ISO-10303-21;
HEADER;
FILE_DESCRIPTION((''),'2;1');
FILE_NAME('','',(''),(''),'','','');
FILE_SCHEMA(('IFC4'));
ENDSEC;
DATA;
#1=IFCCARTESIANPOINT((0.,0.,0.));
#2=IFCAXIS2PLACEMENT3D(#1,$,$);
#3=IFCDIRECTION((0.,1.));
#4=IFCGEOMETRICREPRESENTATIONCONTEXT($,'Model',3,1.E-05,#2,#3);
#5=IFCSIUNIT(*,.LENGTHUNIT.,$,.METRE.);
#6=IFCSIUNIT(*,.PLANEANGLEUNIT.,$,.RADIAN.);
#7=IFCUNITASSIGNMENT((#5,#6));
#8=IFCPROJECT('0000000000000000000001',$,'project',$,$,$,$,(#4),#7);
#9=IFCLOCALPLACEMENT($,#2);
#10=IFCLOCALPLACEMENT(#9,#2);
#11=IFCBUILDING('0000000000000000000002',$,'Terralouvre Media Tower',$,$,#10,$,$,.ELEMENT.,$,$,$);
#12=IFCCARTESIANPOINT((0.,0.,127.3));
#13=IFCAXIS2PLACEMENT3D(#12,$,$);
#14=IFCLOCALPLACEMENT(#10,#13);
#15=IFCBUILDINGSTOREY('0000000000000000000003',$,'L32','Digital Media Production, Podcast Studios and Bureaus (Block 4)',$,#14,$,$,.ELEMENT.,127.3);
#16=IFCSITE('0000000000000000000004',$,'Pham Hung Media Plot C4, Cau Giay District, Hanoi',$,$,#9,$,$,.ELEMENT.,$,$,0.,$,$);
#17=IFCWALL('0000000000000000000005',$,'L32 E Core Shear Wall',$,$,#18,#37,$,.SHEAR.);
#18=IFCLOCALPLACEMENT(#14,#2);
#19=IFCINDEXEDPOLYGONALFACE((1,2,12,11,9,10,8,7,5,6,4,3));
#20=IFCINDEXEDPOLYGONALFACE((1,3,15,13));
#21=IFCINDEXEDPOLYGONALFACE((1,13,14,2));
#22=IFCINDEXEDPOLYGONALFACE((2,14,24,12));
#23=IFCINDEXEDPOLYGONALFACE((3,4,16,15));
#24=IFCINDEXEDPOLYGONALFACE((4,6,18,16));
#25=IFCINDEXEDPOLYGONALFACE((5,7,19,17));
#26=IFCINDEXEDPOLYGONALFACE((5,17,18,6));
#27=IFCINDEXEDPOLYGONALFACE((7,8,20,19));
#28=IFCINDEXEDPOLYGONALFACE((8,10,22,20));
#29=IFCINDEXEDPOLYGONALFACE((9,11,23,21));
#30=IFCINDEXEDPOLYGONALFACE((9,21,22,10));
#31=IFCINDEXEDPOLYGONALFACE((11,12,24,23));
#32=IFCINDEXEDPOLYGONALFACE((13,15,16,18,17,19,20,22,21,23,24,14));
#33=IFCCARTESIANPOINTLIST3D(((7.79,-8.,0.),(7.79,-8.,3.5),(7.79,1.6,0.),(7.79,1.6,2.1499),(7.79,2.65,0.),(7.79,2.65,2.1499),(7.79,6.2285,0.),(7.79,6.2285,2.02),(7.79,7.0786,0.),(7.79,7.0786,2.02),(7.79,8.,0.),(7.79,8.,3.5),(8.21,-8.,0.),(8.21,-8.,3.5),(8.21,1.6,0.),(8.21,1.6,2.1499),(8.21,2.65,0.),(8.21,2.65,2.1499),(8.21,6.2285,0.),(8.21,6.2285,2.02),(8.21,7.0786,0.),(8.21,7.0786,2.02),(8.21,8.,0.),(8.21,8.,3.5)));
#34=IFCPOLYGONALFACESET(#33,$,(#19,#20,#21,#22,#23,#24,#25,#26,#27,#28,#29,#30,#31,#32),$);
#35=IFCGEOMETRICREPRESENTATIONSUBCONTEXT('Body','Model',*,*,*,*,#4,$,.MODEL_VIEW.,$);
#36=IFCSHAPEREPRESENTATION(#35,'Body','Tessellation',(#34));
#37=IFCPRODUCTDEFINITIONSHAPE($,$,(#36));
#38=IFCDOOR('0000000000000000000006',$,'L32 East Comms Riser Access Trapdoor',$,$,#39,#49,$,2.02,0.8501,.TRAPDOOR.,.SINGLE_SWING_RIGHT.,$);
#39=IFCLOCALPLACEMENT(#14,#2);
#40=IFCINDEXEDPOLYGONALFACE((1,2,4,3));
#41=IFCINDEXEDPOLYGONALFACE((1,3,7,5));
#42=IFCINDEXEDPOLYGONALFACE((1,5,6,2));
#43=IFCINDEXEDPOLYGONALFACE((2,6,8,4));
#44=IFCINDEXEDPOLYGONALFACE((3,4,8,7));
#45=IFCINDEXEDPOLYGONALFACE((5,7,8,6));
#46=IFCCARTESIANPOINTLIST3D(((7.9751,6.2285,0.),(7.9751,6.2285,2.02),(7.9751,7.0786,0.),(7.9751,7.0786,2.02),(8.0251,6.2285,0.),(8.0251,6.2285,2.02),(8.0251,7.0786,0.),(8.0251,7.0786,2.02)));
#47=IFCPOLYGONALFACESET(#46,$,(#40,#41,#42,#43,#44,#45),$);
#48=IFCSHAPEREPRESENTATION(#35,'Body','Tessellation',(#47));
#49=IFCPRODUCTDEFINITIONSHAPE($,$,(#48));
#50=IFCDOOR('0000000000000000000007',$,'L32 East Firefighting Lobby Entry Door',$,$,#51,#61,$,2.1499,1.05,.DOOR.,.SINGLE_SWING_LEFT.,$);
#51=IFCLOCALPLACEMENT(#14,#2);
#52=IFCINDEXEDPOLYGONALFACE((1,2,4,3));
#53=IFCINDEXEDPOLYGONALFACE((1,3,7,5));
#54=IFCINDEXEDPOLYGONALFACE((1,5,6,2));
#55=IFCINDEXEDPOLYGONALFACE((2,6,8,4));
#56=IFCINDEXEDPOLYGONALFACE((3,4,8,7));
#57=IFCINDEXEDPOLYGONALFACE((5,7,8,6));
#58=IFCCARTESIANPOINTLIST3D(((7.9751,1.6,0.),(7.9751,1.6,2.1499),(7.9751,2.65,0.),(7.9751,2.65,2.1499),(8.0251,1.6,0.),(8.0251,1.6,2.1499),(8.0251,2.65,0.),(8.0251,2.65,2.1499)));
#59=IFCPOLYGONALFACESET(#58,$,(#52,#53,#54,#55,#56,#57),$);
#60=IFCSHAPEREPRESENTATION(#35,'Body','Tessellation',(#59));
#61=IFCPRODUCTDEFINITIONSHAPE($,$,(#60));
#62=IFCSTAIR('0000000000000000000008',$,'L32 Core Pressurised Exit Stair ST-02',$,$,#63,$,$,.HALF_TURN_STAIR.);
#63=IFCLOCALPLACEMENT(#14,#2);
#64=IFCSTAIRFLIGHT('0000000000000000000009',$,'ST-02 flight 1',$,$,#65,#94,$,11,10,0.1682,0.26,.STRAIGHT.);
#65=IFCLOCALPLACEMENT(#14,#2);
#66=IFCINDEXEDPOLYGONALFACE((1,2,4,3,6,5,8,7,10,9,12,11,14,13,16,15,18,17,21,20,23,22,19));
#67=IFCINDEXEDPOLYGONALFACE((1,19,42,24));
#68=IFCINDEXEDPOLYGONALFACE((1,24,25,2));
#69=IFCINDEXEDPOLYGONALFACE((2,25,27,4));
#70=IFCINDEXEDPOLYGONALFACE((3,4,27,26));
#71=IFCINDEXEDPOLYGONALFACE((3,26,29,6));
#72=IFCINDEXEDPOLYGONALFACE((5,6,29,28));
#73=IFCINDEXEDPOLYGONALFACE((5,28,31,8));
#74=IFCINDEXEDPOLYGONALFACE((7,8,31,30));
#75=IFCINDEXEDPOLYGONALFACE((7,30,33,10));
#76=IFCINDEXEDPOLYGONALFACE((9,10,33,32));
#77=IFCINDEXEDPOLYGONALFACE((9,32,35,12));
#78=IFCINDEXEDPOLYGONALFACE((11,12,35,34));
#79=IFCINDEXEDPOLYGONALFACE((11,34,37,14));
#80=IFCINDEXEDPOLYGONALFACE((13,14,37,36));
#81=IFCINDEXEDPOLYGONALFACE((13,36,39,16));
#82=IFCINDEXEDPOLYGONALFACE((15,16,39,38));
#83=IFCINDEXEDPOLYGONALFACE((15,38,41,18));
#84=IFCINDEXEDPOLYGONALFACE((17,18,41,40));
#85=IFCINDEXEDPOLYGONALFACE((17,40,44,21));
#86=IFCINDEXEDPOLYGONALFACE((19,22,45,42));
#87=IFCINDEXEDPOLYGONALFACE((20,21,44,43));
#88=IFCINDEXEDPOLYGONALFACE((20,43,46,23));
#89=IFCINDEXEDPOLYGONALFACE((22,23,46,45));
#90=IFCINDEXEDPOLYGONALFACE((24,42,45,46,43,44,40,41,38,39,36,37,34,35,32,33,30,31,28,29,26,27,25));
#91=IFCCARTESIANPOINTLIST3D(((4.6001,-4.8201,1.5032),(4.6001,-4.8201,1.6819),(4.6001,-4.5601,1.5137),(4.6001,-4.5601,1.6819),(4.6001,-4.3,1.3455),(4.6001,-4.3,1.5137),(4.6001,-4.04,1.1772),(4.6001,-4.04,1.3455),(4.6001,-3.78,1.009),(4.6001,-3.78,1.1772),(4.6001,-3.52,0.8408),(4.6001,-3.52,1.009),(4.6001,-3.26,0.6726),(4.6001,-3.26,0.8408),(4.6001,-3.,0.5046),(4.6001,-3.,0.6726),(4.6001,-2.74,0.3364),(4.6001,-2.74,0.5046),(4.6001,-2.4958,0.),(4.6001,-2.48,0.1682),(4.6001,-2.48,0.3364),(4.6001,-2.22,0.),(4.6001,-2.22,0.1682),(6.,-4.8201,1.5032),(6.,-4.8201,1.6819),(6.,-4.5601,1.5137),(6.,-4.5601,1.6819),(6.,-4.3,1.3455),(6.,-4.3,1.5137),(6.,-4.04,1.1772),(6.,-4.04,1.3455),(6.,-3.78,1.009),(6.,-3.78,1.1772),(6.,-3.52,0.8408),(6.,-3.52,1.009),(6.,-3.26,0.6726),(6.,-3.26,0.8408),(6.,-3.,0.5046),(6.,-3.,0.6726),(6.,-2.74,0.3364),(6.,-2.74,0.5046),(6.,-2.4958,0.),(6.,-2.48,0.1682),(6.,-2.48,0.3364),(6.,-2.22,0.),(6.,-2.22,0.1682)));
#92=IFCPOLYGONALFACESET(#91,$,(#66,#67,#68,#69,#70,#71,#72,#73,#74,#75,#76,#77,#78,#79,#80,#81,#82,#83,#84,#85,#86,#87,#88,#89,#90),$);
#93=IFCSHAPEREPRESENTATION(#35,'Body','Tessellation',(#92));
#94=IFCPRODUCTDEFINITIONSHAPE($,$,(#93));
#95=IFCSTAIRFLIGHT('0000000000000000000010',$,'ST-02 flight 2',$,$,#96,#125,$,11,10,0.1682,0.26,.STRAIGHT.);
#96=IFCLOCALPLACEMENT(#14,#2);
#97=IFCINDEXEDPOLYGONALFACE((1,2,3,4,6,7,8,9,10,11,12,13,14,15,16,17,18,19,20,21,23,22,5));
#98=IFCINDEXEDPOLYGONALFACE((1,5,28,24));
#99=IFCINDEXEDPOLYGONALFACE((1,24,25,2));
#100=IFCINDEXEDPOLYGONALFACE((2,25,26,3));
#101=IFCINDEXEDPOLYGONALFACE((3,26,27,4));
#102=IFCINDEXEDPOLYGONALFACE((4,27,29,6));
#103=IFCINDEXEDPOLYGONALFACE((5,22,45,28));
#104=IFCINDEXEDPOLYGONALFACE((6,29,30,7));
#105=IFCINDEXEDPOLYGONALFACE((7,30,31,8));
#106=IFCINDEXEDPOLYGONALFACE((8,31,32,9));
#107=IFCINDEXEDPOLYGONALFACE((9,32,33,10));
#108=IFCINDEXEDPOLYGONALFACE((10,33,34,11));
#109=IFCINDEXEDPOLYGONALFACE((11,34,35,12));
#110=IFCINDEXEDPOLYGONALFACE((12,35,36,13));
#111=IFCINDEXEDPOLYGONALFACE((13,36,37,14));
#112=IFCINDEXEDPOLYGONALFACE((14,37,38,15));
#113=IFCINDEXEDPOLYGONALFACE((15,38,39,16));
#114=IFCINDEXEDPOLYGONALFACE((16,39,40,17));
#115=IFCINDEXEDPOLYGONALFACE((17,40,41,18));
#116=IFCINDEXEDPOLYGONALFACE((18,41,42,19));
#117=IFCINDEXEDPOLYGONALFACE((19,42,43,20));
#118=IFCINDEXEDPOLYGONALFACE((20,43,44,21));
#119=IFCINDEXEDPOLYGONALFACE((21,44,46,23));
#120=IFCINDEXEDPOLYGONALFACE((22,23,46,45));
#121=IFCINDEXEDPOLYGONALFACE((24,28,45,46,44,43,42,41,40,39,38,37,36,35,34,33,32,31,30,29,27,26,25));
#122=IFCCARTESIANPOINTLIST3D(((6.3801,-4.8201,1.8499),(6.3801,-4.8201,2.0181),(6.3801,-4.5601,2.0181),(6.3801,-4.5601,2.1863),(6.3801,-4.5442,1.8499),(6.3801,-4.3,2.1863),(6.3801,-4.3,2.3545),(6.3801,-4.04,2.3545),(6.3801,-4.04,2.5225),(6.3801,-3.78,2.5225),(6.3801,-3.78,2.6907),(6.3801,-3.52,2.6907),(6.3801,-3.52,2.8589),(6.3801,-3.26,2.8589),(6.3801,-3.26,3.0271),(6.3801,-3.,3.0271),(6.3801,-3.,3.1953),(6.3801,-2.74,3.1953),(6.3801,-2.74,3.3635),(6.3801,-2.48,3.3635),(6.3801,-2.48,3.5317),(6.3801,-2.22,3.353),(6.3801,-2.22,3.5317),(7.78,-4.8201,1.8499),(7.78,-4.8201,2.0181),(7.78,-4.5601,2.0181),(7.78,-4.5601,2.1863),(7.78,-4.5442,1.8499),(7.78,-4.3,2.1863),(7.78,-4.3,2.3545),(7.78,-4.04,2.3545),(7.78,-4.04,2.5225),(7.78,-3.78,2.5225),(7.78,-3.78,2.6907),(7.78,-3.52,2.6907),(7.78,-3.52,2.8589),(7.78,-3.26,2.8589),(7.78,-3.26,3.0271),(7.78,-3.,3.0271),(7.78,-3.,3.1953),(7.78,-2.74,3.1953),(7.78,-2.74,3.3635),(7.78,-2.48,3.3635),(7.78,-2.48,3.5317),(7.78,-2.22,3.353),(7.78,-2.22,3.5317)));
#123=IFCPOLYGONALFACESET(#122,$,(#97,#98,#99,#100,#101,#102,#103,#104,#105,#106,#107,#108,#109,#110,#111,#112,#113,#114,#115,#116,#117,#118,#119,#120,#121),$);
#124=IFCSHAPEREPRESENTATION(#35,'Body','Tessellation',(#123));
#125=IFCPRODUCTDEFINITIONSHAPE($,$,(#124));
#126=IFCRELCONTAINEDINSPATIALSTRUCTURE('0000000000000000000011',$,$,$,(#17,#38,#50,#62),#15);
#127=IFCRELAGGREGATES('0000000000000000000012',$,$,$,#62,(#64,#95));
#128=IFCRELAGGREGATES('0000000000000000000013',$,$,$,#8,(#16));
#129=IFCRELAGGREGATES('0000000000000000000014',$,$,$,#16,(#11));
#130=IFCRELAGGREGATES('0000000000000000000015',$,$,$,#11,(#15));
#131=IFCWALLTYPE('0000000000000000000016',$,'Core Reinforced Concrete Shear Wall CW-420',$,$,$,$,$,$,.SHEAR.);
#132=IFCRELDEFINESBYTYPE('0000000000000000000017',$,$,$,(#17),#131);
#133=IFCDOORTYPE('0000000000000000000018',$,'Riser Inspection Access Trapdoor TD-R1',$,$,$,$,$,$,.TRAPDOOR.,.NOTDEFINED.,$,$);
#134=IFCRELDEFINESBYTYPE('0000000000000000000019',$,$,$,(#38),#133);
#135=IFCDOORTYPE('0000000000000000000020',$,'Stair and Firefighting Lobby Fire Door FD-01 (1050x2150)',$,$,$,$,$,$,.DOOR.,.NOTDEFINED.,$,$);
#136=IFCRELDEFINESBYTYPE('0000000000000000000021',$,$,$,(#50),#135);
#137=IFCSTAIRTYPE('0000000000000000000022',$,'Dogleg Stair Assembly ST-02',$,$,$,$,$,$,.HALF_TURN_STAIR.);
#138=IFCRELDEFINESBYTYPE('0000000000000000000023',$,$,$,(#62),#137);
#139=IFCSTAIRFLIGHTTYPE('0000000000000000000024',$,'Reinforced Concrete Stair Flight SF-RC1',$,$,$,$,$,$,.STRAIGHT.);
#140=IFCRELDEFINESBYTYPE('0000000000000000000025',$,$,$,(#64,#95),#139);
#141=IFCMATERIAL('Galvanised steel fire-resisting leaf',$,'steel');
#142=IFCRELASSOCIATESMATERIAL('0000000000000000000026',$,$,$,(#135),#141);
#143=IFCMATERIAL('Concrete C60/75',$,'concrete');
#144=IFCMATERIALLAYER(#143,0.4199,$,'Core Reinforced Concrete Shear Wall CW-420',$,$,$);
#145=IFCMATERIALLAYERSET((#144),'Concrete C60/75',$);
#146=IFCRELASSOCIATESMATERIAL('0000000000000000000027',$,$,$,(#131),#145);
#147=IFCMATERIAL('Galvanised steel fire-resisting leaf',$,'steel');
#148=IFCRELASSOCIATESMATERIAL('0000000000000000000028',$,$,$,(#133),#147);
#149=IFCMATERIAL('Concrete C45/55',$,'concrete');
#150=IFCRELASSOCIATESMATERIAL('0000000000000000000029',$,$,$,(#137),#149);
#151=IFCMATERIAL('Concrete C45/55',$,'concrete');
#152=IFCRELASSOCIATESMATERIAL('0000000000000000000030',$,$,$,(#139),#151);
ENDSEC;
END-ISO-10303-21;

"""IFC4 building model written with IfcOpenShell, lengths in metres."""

from ifc_helpers import new_model, si_unit, direction, frame, frame_2d, origin, place, context, subcontext, project, spatial, polyline, rectangle, outline, extrude, material, layer, layer_set, type_object, element, fill, aggregate, save


model = new_model("IFC4")

# Units and contexts
model_context = context("Model", 3, precision=1e-05, world=origin(), true_north=direction((0.0, 1.0)))
body_context = subcontext(model_context, "Body", "Model", "MODEL_VIEW")
ifc_project = project(units=[si_unit("LENGTHUNIT", "METRE"), si_unit("PLANEANGLEUNIT", "RADIAN")], contexts=[model_context])

# Site, building, storey
site_placement = place(None, origin())
site = spatial("IfcSite", under=ifc_project, at=site_placement, Name="Pham Hung Media Plot C4, Cau Giay District, Hanoi", CompositionType="ELEMENT", RefElevation=0.0)
building_placement = place(site_placement, origin())
building = spatial("IfcBuilding", under=site, at=building_placement, Name="Terralouvre Media Tower", CompositionType="ELEMENT")
storey_placement = place(building_placement, frame((0.0, 0.0, 127.3)))
storey = spatial("IfcBuildingStorey", under=building, at=storey_placement, Name="L32", Description="Digital Media Production, Podcast Studios and Bureaus (Block 4)", CompositionType="ELEMENT", Elevation=127.3)

# Shared definitions
ifc_material_1 = material(Name="Galvanised steel fire-resisting leaf", Category="steel")
door_type_1 = type_object("IfcDoorType", Name="Stair and Firefighting Lobby Fire Door FD-01 (1050x2150)", OperationType="NOTDEFINED", PredefinedType="DOOR", material=ifc_material_1)

# Wall, openings, doors
ifc_material_2 = material(Name="Concrete C60/75", Category="concrete")
ifc_layer_1 = layer(ifc_material_2, 0.4199, Name="Core Reinforced Concrete Shear Wall CW-420")
ifc_layer_set_1 = layer_set([ifc_layer_1], Name="Concrete C60/75")
wall_type_1 = type_object("IfcWallType", Name="Core Reinforced Concrete Shear Wall CW-420", PredefinedType="SHEAR", material=ifc_layer_set_1)
wall_1_placement = place(storey_placement, frame((8.0, -8.0, 0.0), z_axis=(0.0, 0.0, 1.0), x_axis=(0.0, 1.0, 0.0)))
wall_1 = element("IfcWall", 1, at=wall_1_placement, inside=storey, type_object=wall_type_1, Name="L32 E Core Shear Wall", PredefinedType="SHEAR", context=body_context, shape_type="SweptSolid", body=[
    extrude(rectangle(XDim=16.0, YDim=0.4199, at=frame_2d((8.0, 0.0))), origin(), (0.0, 0.0, 1.0), 3.5),
])
opening_1_placement = place(wall_1_placement, frame((9.6001, 0.0, 0.0)))
opening_1 = element("IfcOpeningElement", 2, at=opening_1_placement, cuts=wall_1, PredefinedType="OPENING", context=body_context, shape_type="SweptSolid", body=[
    extrude(rectangle(XDim=1.05, YDim=2.1499, at=frame_2d((0.5249, 1.075))), frame((0.0, 0.22, 0.0), z_axis=(0.0, -1.0, 0.0), x_axis=(1.0, 0.0, 0.0)), (0.0, 0.0, 1.0), 0.4399),
])
opening_2_placement = place(wall_1_placement, frame((14.2285, 0.0, 0.0)))
opening_2 = element("IfcOpeningElement", 3, at=opening_2_placement, cuts=wall_1, PredefinedType="OPENING", context=body_context, shape_type="SweptSolid", body=[
    extrude(rectangle(XDim=0.8501, YDim=2.02, at=frame_2d((0.425, 1.01))), frame((0.0, 0.22, 0.0), z_axis=(0.0, -1.0, 0.0), x_axis=(1.0, 0.0, 0.0)), (0.0, 0.0, 1.0), 0.4399),
])
ifc_material_3 = material(Name="Galvanised steel fire-resisting leaf", Category="steel")
door_type_2 = type_object("IfcDoorType", Name="Riser Inspection Access Trapdoor TD-R1", OperationType="NOTDEFINED", PredefinedType="TRAPDOOR", material=ifc_material_3)
door_1_placement = place(opening_2_placement, origin())
door_1 = element("IfcDoor", 4, at=door_1_placement, inside=storey, type_object=door_type_2, Name="L32 East Comms Riser Access Trapdoor", OperationType="SINGLE_SWING_RIGHT", OverallHeight=2.02, OverallWidth=0.8501, PredefinedType="TRAPDOOR", context=body_context, shape_type="SweptSolid", body=[
    extrude(rectangle(XDim=0.8501, YDim=2.02, at=frame_2d((0.425, 1.01))), frame((0.0, 0.0249, 0.0), z_axis=(0.0, -1.0, 0.0), x_axis=(1.0, 0.0, 0.0)), (0.0, 0.0, 1.0), 0.05),
])
fill(opening_2, door_1)
door_2_placement = place(opening_1_placement, origin())
door_2 = element("IfcDoor", 5, at=door_2_placement, inside=storey, type_object=door_type_1, Name="L32 East Firefighting Lobby Entry Door", OperationType="SINGLE_SWING_LEFT", OverallHeight=2.1499, OverallWidth=1.05, PredefinedType="DOOR", context=body_context, shape_type="SweptSolid", body=[
    extrude(rectangle(XDim=1.05, YDim=2.1499, at=frame_2d((0.5249, 1.075))), frame((0.0, 0.0249, 0.0), z_axis=(0.0, -1.0, 0.0), x_axis=(1.0, 0.0, 0.0)), (0.0, 0.0, 1.0), 0.05),
])
fill(opening_1, door_2)

# Stair, stair flights
ifc_material_4 = material(Name="Concrete C45/55", Category="concrete")
stair_type = type_object("IfcStairType", Name="Dogleg Stair Assembly ST-02", PredefinedType="HALF_TURN_STAIR", material=ifc_material_4)
stair_placement = place(storey_placement, origin())
stair = element("IfcStair", 6, at=stair_placement, inside=storey, type_object=stair_type, Name="L32 Core Pressurised Exit Stair ST-02", PredefinedType="HALF_TURN_STAIR")
ifc_material_5 = material(Name="Concrete C45/55", Category="concrete")
stair_flight_type = type_object("IfcStairFlightType", Name="Reinforced Concrete Stair Flight SF-RC1", PredefinedType="STRAIGHT", material=ifc_material_5)
stair_flight_1_placement = place(storey_placement, frame((5.3, -2.22, 0.0), z_axis=(0.0, 0.0, 1.0), x_axis=(0.0, -1.0, 0.0)))
stair_flight_1 = element("IfcStairFlight", 7, at=stair_flight_1_placement, type_object=stair_flight_type, Name="ST-02 flight 1", NumberOfRisers=11, NumberOfTreads=10, PredefinedType="STRAIGHT", RiserHeight=0.1682, TreadLength=0.26, context=body_context, shape_type="SweptSolid", body=[
    extrude(outline(polyline([(0.0, 0.0), (0.0, 0.1682), (0.26, 0.1682), (0.26, 0.3364), (0.52, 0.3364), (0.52, 0.5046), (0.78, 0.5046), (0.78, 0.6726), (1.04, 0.6726), (1.04, 0.8408), (1.3, 0.8408), (1.3, 1.009), (1.5601, 1.009), (1.5601, 1.1772), (1.8201, 1.1772), (1.8201, 1.3455), (2.0801, 1.3455), (2.0801, 1.5137), (2.3401, 1.5137), (2.3401, 1.6819), (2.6001, 1.6819), (2.6001, 1.8501), (2.6001, 1.5032), (0.2759, 0.0), (0.0, 0.0)])), frame((0.0, 0.7, 0.0), z_axis=(0.0, -1.0, 0.0), x_axis=(1.0, 0.0, 0.0)), (0.0, 0.0, 1.0), 1.3999),
])
stair_flight_2_placement = place(storey_placement, frame((7.0801, -4.8201, 1.8499), z_axis=(0.0, 0.0, 1.0), x_axis=(0.0, 1.0, 0.0)))
stair_flight_2 = element("IfcStairFlight", 8, at=stair_flight_2_placement, type_object=stair_flight_type, Name="ST-02 flight 2", NumberOfRisers=11, NumberOfTreads=10, PredefinedType="STRAIGHT", RiserHeight=0.1682, TreadLength=0.26, context=body_context, shape_type="SweptSolid", body=[
    extrude(outline(polyline([(0.0, 0.0), (0.0, 0.1682), (0.26, 0.1682), (0.26, 0.3364), (0.52, 0.3364), (0.52, 0.5046), (0.78, 0.5046), (0.78, 0.6726), (1.04, 0.6726), (1.04, 0.8408), (1.3, 0.8408), (1.3, 1.009), (1.5601, 1.009), (1.5601, 1.1772), (1.8201, 1.1772), (1.8201, 1.3455), (2.0801, 1.3455), (2.0801, 1.5137), (2.3401, 1.5137), (2.3401, 1.6819), (2.6001, 1.6819), (2.6001, 1.8501), (2.6001, 1.5032), (0.2759, 0.0), (0.0, 0.0)])), frame((0.0, 0.7, 0.0), z_axis=(0.0, -1.0, 0.0), x_axis=(1.0, 0.0, 0.0)), (0.0, 0.0, 1.0), 1.3999),
])
aggregate(stair, [stair_flight_1, stair_flight_2])

save(model, "model.ifc")
